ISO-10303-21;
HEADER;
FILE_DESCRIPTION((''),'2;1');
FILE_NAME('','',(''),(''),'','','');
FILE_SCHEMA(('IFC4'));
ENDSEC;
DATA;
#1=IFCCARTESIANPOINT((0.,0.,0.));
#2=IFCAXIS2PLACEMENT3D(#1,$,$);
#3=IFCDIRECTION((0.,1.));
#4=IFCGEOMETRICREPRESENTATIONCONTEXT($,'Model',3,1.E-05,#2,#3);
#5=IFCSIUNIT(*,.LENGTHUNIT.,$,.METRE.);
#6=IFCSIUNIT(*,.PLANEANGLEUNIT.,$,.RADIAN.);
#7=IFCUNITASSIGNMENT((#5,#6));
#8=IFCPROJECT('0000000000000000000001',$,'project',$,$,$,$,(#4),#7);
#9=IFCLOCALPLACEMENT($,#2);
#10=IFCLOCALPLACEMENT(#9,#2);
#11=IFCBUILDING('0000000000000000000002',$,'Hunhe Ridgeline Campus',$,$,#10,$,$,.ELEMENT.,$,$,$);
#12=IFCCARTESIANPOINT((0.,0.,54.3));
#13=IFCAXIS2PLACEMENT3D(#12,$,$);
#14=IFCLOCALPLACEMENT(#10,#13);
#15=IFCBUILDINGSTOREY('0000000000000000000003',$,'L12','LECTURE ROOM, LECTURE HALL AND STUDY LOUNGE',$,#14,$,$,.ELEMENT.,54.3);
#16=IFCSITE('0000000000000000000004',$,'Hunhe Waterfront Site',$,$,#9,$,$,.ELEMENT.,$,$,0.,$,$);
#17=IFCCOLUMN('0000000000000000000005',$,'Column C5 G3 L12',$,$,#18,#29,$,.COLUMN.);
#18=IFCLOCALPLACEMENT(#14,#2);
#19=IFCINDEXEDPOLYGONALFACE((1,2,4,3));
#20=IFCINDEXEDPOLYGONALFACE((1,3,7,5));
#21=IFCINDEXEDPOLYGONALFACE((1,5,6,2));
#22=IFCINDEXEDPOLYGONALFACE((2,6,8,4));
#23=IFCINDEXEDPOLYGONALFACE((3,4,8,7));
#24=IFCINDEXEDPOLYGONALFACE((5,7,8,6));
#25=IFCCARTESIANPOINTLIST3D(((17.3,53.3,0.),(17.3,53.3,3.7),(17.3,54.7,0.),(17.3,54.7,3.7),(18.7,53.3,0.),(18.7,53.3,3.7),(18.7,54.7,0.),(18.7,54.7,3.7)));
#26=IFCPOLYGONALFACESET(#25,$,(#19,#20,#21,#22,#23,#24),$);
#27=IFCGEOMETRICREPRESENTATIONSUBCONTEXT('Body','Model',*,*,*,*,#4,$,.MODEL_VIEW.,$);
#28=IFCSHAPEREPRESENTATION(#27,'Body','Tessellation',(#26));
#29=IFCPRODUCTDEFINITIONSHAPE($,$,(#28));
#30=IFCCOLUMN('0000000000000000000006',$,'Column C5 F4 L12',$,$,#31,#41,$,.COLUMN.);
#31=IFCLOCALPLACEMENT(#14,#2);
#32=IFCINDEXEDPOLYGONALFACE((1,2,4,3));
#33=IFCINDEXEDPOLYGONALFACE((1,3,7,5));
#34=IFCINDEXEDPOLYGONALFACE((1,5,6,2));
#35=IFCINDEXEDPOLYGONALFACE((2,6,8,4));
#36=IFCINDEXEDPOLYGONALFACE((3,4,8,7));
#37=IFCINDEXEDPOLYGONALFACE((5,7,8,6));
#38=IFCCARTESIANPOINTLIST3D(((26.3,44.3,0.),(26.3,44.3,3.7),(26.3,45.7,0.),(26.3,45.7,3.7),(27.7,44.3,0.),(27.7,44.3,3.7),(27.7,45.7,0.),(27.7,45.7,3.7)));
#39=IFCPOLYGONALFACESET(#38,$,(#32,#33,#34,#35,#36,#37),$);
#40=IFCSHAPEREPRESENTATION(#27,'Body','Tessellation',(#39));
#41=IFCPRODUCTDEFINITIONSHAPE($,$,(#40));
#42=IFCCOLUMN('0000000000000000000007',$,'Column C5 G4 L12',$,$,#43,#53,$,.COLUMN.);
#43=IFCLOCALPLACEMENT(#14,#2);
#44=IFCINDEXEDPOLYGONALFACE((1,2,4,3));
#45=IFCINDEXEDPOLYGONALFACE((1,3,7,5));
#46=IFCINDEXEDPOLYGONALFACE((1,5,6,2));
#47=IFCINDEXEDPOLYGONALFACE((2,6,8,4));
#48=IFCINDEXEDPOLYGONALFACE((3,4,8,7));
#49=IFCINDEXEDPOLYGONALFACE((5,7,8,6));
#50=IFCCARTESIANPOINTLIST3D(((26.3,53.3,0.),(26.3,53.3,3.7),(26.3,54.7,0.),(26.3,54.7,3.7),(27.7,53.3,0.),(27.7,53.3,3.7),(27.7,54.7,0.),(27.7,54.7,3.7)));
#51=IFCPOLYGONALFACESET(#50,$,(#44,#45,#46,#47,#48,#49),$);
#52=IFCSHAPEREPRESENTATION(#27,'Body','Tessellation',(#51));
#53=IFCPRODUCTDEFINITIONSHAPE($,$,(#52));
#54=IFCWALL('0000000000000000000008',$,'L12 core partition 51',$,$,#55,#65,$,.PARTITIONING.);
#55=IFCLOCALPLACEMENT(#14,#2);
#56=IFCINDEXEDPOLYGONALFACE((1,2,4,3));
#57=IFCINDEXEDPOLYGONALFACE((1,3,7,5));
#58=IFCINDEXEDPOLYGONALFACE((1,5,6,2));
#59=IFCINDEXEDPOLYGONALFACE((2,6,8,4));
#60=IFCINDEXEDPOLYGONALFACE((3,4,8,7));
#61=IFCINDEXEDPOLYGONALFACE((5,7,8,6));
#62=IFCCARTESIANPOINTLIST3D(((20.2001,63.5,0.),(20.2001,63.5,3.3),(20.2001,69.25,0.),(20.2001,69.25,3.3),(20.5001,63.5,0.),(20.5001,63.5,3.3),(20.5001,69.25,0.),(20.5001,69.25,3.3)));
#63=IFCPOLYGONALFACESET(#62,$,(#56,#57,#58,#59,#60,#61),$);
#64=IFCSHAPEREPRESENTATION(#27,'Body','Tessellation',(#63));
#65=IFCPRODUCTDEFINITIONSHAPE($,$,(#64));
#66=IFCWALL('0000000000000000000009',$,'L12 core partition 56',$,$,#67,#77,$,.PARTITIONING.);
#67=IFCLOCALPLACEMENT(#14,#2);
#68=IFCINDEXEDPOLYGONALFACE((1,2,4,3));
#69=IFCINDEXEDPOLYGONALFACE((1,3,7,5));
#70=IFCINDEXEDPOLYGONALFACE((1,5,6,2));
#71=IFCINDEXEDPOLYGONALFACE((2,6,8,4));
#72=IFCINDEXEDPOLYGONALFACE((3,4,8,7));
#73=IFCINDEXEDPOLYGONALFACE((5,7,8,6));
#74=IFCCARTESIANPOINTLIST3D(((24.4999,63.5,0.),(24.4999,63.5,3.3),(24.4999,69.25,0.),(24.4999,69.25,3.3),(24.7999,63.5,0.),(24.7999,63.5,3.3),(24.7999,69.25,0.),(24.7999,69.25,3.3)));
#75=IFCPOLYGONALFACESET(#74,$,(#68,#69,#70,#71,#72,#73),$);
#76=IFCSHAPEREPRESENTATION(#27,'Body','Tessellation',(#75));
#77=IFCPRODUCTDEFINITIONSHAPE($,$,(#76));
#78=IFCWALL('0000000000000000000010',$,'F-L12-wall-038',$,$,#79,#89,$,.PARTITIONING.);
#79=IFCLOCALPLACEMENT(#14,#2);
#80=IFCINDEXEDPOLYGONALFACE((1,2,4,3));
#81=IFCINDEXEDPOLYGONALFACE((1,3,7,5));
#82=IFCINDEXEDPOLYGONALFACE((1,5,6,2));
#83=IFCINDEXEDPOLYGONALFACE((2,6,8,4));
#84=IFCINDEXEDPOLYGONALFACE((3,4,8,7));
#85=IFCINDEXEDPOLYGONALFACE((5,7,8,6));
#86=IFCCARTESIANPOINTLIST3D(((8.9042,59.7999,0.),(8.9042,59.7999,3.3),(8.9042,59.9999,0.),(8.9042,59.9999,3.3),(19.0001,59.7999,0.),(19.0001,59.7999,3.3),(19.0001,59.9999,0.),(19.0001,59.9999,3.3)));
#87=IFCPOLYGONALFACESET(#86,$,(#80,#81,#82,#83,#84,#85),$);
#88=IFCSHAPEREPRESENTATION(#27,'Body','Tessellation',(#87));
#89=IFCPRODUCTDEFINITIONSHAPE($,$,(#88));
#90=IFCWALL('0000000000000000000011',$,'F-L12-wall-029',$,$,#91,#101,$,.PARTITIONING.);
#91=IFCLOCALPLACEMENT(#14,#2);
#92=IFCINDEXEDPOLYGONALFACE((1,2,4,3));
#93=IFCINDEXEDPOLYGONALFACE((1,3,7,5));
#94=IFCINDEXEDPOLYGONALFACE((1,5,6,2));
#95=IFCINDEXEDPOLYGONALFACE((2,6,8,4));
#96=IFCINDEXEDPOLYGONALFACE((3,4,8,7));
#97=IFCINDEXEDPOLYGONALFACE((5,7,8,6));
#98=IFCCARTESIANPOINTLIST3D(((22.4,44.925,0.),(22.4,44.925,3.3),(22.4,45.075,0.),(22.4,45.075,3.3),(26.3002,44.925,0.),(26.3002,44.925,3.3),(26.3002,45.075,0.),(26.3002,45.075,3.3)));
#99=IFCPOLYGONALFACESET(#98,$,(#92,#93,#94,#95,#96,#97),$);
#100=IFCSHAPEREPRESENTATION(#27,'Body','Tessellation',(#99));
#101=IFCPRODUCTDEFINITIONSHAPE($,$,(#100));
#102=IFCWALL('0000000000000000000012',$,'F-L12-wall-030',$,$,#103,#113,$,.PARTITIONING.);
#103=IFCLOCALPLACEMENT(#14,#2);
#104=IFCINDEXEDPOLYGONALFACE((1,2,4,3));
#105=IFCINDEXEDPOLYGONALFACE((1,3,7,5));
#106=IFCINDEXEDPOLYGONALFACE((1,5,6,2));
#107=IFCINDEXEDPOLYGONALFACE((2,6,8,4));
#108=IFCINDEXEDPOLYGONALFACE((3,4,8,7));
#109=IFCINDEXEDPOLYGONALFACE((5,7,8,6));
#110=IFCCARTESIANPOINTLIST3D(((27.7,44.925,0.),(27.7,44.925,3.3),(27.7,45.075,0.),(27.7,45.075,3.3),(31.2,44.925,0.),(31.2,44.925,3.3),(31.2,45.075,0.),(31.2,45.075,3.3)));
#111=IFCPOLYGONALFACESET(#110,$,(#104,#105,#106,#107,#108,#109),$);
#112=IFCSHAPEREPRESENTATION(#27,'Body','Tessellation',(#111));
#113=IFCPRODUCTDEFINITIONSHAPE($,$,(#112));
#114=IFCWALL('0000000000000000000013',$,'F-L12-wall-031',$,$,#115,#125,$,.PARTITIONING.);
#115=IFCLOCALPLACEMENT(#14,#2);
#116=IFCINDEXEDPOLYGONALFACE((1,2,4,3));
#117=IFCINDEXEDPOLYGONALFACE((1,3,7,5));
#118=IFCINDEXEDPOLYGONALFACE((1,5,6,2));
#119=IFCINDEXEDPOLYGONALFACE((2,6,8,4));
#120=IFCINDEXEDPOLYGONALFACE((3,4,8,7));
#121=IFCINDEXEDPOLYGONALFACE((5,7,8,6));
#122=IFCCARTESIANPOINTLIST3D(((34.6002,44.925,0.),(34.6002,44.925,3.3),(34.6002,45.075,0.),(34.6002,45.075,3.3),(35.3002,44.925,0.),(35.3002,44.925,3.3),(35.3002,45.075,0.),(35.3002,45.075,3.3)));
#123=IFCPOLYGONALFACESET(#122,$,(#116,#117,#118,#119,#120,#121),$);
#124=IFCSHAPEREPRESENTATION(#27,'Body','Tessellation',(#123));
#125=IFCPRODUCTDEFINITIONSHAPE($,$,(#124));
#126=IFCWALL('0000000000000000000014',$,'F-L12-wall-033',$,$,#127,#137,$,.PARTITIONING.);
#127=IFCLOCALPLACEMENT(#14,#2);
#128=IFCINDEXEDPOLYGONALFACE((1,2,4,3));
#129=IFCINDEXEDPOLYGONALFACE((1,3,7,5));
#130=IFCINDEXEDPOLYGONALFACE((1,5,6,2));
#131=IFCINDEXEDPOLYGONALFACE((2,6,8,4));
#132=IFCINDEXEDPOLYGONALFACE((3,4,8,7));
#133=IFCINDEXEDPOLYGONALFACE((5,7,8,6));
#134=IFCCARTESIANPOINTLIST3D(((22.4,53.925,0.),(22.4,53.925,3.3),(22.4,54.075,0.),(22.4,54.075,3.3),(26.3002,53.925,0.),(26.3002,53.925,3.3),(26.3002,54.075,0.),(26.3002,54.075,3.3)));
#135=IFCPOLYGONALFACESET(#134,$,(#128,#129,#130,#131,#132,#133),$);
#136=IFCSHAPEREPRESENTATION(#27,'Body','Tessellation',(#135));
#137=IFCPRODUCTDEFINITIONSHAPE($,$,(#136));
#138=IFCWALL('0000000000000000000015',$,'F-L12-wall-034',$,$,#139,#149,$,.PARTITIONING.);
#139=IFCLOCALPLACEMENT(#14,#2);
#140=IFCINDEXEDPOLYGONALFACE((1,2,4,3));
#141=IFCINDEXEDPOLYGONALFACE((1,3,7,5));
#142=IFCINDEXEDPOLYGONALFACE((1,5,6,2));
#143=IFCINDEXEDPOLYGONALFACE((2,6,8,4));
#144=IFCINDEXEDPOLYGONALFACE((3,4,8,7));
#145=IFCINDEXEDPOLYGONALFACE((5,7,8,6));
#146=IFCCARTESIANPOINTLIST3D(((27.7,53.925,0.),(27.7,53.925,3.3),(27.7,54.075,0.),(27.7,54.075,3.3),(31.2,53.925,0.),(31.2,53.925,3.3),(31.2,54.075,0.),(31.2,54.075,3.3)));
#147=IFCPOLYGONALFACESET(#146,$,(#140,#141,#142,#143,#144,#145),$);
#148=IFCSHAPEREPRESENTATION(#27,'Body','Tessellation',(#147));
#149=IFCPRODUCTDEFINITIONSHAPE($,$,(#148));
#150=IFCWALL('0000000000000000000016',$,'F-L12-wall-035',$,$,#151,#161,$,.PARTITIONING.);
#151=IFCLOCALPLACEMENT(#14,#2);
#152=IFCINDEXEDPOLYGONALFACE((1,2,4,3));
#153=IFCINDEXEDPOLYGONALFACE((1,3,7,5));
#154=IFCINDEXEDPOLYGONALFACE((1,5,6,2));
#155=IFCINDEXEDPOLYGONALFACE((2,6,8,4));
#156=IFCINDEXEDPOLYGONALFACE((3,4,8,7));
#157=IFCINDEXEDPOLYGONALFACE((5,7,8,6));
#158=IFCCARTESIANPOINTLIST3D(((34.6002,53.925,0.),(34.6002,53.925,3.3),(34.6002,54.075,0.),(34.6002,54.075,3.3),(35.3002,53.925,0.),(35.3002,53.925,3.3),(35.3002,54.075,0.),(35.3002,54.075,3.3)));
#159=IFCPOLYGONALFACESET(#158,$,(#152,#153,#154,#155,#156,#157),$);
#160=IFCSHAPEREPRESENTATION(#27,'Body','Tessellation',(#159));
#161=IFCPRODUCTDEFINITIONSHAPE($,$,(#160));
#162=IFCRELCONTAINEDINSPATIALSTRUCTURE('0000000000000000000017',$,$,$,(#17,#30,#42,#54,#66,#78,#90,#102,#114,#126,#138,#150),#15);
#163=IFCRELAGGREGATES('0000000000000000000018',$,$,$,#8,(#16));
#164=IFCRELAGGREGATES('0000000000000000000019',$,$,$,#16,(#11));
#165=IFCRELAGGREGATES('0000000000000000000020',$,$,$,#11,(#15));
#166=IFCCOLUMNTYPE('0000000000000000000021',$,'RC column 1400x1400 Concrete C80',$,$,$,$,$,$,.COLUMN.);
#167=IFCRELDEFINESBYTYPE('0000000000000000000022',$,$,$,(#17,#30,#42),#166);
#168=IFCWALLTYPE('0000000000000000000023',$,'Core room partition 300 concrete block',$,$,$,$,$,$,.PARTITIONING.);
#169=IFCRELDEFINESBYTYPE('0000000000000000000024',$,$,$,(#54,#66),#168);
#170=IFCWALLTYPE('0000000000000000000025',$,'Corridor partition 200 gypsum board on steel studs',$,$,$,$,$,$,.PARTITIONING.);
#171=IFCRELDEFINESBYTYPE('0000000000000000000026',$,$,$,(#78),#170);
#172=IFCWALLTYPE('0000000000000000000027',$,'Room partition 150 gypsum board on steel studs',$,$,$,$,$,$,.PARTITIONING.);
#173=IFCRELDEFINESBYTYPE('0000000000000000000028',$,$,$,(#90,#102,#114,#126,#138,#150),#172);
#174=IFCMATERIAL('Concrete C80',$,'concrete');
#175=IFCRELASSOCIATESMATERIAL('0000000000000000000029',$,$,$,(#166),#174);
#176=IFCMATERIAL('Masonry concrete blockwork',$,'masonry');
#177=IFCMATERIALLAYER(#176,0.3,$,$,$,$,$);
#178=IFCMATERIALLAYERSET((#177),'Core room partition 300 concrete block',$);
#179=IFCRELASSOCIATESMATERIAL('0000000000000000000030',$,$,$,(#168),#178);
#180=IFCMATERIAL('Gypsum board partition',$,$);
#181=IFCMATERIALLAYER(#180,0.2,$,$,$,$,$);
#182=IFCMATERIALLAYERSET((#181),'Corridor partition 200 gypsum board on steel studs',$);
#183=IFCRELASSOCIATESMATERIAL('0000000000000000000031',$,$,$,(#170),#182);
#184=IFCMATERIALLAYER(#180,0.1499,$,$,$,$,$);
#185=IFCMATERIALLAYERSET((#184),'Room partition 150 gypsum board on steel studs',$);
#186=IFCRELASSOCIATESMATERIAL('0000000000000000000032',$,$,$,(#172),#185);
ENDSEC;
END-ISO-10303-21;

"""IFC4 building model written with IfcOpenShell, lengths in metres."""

from ifc_helpers import new_model, si_unit, direction, frame, frame_2d, origin, origin_2d, place, context, subcontext, project, spatial, rectangle, extrude, material, layer, layer_set, material_profile, profile_set, type_object, element, save


model = new_model("IFC4")

# Units and contexts
model_context = context("Model", 3, precision=1e-05, world=origin(), true_north=direction((0.0, 1.0)))
body_context = subcontext(model_context, "Body", "Model", "MODEL_VIEW")
ifc_project = project(units=[si_unit("LENGTHUNIT", "METRE"), si_unit("PLANEANGLEUNIT", "RADIAN")], contexts=[model_context])

# Site, building, storey
site_placement = place(None, origin())
site = spatial("IfcSite", under=ifc_project, at=site_placement, Name="Hunhe Waterfront Site", CompositionType="ELEMENT", RefElevation=0.0)
building_placement = place(site_placement, origin())
building = spatial("IfcBuilding", under=site, at=building_placement, Name="Hunhe Ridgeline Campus", CompositionType="ELEMENT")
storey_placement = place(building_placement, frame((0.0, 0.0, 54.3)))
storey = spatial("IfcBuildingStorey", under=building, at=storey_placement, Name="L12", Description="LECTURE ROOM, LECTURE HALL AND STUDY LOUNGE", CompositionType="ELEMENT", Elevation=54.3)

# Columns
ifc_material_1 = material(Name="Concrete C80", Category="concrete")
ifc_material_profile = material_profile(ifc_material_1, rectangle(XDim=1.3999, YDim=1.3999, at=origin_2d()))
ifc_profile_set = profile_set([ifc_material_profile], Name="Concrete C80")
column_type = type_object("IfcColumnType", Name="RC column 1400x1400 Concrete C80", PredefinedType="COLUMN", material=ifc_profile_set)
for number, where, z_axis, x_axis, name in (
    (1, (18.0, 54.0, 0.0), (0.0, 0.0, 1.0), (1.0, 0.0, 0.0), "Column C5 G3 L12"),
    (2, (27.0, 45.0, 0.0), (0.0, 0.0, 1.0), (1.0, 0.0, 0.0), "Column C5 F4 L12"),
    (3, (27.0, 54.0, 0.0), (0.0, 0.0, 1.0), (1.0, 0.0, 0.0), "Column C5 G4 L12"),
):
    element("IfcColumn", number, at=place(storey_placement, frame(where, z_axis=z_axis, x_axis=x_axis)), inside=storey, type_object=column_type, Name=name, PredefinedType="COLUMN", context=body_context, shape_type="SweptSolid", body=[
        extrude(rectangle(XDim=1.3999, YDim=1.3999, at=origin_2d()), origin(), (0.0, 0.0, 1.0), 3.7),
    ])

# Walls
ifc_material_2 = material(Name="Masonry concrete blockwork", Category="masonry")
ifc_layer_1 = layer(ifc_material_2, 0.3)
ifc_layer_set_1 = layer_set([ifc_layer_1], Name="Core room partition 300 concrete block")
wall_type_1 = type_object("IfcWallType", Name="Core room partition 300 concrete block", PredefinedType="PARTITIONING", material=ifc_layer_set_1)
for number, where, z_axis, x_axis, name in (
    (4, (20.3501, 63.5, 0.0), (0.0, 0.0, 1.0), (0.0, 1.0, 0.0), "L12 core partition 51"),
    (5, (24.6499, 63.5, 0.0), (0.0, 0.0, 1.0), (0.0, 1.0, 0.0), "L12 core partition 56"),
):
    element("IfcWall", number, at=place(storey_placement, frame(where, z_axis=z_axis, x_axis=x_axis)), inside=storey, type_object=wall_type_1, Name=name, PredefinedType="PARTITIONING", context=body_context, shape_type="SweptSolid", body=[
        extrude(rectangle(XDim=5.75, YDim=0.3, at=frame_2d((2.875, 0.0))), origin(), (0.0, 0.0, 1.0), 3.3),
    ])
ifc_material_3 = material(Name="Gypsum board partition")
ifc_layer_2 = layer(ifc_material_3, 0.2)
ifc_layer_set_2 = layer_set([ifc_layer_2], Name="Corridor partition 200 gypsum board on steel studs")
wall_type_2 = type_object("IfcWallType", Name="Corridor partition 200 gypsum board on steel studs", PredefinedType="PARTITIONING", material=ifc_layer_set_2)
wall_1_placement = place(storey_placement, frame((19.0, 59.8999, 0.0), z_axis=(0.0, 0.0, 1.0), x_axis=(-1.0, 0.0, 0.0)))
element("IfcWall", 6, at=wall_1_placement, inside=storey, type_object=wall_type_2, Name="F-L12-wall-038", PredefinedType="PARTITIONING", context=body_context, shape_type="SweptSolid", body=[
    extrude(rectangle(XDim=10.0959, YDim=0.2, at=frame_2d((5.0479, 0.0))), origin(), (0.0, 0.0, 1.0), 3.3),
])

# Walls
ifc_layer_3 = layer(ifc_material_3, 0.1499)
ifc_layer_set_3 = layer_set([ifc_layer_3], Name="Room partition 150 gypsum board on steel studs")
wall_type_3 = type_object("IfcWallType", Name="Room partition 150 gypsum board on steel studs", PredefinedType="PARTITIONING", material=ifc_layer_set_3)
wall_2_placement = place(storey_placement, frame((22.3999, 45.0, 0.0), z_axis=(0.0, 0.0, 1.0), x_axis=(1.0, 0.0, 0.0)))
element("IfcWall", 7, at=wall_2_placement, inside=storey, type_object=wall_type_3, Name="F-L12-wall-029", PredefinedType="PARTITIONING", context=body_context, shape_type="SweptSolid", body=[
    extrude(rectangle(XDim=3.9001, YDim=0.1499, at=frame_2d((1.9502, 0.0))), origin(), (0.0, 0.0, 1.0), 3.3),
])
wall_3_placement = place(storey_placement, frame((27.7, 45.0, 0.0), z_axis=(0.0, 0.0, 1.0), x_axis=(1.0, 0.0, 0.0)))
element("IfcWall", 8, at=wall_3_placement, inside=storey, type_object=wall_type_3, Name="F-L12-wall-030", PredefinedType="PARTITIONING", context=body_context, shape_type="SweptSolid", body=[
    extrude(rectangle(XDim=3.5, YDim=0.1499, at=frame_2d((1.75, 0.0))), origin(), (0.0, 0.0, 1.0), 3.3),
])
wall_4_placement = place(storey_placement, frame((34.6001, 45.0, 0.0), z_axis=(0.0, 0.0, 1.0), x_axis=(1.0, 0.0, 0.0)))
element("IfcWall", 9, at=wall_4_placement, inside=storey, type_object=wall_type_3, Name="F-L12-wall-031", PredefinedType="PARTITIONING", context=body_context, shape_type="SweptSolid", body=[
    extrude(rectangle(XDim=0.7, YDim=0.1499, at=frame_2d((0.3501, 0.0))), origin(), (0.0, 0.0, 1.0), 3.3),
])
wall_5_placement = place(storey_placement, frame((22.3999, 54.0, 0.0), z_axis=(0.0, 0.0, 1.0), x_axis=(1.0, 0.0, 0.0)))
element("IfcWall", 10, at=wall_5_placement, inside=storey, type_object=wall_type_3, Name="F-L12-wall-033", PredefinedType="PARTITIONING", context=body_context, shape_type="SweptSolid", body=[
    extrude(rectangle(XDim=3.9001, YDim=0.1499, at=frame_2d((1.9502, 0.0))), origin(), (0.0, 0.0, 1.0), 3.3),
])
wall_6_placement = place(storey_placement, frame((27.7, 54.0, 0.0), z_axis=(0.0, 0.0, 1.0), x_axis=(1.0, 0.0, 0.0)))
element("IfcWall", 11, at=wall_6_placement, inside=storey, type_object=wall_type_3, Name="F-L12-wall-034", PredefinedType="PARTITIONING", context=body_context, shape_type="SweptSolid", body=[
    extrude(rectangle(XDim=3.5, YDim=0.1499, at=frame_2d((1.75, 0.0))), origin(), (0.0, 0.0, 1.0), 3.3),
])
wall_7_placement = place(storey_placement, frame((34.6001, 54.0, 0.0), z_axis=(0.0, 0.0, 1.0), x_axis=(1.0, 0.0, 0.0)))
element("IfcWall", 12, at=wall_7_placement, inside=storey, type_object=wall_type_3, Name="F-L12-wall-035", PredefinedType="PARTITIONING", context=body_context, shape_type="SweptSolid", body=[
    extrude(rectangle(XDim=0.7, YDim=0.1499, at=frame_2d((0.3501, 0.0))), origin(), (0.0, 0.0, 1.0), 3.3),
])

save(model, "model.ifc")
